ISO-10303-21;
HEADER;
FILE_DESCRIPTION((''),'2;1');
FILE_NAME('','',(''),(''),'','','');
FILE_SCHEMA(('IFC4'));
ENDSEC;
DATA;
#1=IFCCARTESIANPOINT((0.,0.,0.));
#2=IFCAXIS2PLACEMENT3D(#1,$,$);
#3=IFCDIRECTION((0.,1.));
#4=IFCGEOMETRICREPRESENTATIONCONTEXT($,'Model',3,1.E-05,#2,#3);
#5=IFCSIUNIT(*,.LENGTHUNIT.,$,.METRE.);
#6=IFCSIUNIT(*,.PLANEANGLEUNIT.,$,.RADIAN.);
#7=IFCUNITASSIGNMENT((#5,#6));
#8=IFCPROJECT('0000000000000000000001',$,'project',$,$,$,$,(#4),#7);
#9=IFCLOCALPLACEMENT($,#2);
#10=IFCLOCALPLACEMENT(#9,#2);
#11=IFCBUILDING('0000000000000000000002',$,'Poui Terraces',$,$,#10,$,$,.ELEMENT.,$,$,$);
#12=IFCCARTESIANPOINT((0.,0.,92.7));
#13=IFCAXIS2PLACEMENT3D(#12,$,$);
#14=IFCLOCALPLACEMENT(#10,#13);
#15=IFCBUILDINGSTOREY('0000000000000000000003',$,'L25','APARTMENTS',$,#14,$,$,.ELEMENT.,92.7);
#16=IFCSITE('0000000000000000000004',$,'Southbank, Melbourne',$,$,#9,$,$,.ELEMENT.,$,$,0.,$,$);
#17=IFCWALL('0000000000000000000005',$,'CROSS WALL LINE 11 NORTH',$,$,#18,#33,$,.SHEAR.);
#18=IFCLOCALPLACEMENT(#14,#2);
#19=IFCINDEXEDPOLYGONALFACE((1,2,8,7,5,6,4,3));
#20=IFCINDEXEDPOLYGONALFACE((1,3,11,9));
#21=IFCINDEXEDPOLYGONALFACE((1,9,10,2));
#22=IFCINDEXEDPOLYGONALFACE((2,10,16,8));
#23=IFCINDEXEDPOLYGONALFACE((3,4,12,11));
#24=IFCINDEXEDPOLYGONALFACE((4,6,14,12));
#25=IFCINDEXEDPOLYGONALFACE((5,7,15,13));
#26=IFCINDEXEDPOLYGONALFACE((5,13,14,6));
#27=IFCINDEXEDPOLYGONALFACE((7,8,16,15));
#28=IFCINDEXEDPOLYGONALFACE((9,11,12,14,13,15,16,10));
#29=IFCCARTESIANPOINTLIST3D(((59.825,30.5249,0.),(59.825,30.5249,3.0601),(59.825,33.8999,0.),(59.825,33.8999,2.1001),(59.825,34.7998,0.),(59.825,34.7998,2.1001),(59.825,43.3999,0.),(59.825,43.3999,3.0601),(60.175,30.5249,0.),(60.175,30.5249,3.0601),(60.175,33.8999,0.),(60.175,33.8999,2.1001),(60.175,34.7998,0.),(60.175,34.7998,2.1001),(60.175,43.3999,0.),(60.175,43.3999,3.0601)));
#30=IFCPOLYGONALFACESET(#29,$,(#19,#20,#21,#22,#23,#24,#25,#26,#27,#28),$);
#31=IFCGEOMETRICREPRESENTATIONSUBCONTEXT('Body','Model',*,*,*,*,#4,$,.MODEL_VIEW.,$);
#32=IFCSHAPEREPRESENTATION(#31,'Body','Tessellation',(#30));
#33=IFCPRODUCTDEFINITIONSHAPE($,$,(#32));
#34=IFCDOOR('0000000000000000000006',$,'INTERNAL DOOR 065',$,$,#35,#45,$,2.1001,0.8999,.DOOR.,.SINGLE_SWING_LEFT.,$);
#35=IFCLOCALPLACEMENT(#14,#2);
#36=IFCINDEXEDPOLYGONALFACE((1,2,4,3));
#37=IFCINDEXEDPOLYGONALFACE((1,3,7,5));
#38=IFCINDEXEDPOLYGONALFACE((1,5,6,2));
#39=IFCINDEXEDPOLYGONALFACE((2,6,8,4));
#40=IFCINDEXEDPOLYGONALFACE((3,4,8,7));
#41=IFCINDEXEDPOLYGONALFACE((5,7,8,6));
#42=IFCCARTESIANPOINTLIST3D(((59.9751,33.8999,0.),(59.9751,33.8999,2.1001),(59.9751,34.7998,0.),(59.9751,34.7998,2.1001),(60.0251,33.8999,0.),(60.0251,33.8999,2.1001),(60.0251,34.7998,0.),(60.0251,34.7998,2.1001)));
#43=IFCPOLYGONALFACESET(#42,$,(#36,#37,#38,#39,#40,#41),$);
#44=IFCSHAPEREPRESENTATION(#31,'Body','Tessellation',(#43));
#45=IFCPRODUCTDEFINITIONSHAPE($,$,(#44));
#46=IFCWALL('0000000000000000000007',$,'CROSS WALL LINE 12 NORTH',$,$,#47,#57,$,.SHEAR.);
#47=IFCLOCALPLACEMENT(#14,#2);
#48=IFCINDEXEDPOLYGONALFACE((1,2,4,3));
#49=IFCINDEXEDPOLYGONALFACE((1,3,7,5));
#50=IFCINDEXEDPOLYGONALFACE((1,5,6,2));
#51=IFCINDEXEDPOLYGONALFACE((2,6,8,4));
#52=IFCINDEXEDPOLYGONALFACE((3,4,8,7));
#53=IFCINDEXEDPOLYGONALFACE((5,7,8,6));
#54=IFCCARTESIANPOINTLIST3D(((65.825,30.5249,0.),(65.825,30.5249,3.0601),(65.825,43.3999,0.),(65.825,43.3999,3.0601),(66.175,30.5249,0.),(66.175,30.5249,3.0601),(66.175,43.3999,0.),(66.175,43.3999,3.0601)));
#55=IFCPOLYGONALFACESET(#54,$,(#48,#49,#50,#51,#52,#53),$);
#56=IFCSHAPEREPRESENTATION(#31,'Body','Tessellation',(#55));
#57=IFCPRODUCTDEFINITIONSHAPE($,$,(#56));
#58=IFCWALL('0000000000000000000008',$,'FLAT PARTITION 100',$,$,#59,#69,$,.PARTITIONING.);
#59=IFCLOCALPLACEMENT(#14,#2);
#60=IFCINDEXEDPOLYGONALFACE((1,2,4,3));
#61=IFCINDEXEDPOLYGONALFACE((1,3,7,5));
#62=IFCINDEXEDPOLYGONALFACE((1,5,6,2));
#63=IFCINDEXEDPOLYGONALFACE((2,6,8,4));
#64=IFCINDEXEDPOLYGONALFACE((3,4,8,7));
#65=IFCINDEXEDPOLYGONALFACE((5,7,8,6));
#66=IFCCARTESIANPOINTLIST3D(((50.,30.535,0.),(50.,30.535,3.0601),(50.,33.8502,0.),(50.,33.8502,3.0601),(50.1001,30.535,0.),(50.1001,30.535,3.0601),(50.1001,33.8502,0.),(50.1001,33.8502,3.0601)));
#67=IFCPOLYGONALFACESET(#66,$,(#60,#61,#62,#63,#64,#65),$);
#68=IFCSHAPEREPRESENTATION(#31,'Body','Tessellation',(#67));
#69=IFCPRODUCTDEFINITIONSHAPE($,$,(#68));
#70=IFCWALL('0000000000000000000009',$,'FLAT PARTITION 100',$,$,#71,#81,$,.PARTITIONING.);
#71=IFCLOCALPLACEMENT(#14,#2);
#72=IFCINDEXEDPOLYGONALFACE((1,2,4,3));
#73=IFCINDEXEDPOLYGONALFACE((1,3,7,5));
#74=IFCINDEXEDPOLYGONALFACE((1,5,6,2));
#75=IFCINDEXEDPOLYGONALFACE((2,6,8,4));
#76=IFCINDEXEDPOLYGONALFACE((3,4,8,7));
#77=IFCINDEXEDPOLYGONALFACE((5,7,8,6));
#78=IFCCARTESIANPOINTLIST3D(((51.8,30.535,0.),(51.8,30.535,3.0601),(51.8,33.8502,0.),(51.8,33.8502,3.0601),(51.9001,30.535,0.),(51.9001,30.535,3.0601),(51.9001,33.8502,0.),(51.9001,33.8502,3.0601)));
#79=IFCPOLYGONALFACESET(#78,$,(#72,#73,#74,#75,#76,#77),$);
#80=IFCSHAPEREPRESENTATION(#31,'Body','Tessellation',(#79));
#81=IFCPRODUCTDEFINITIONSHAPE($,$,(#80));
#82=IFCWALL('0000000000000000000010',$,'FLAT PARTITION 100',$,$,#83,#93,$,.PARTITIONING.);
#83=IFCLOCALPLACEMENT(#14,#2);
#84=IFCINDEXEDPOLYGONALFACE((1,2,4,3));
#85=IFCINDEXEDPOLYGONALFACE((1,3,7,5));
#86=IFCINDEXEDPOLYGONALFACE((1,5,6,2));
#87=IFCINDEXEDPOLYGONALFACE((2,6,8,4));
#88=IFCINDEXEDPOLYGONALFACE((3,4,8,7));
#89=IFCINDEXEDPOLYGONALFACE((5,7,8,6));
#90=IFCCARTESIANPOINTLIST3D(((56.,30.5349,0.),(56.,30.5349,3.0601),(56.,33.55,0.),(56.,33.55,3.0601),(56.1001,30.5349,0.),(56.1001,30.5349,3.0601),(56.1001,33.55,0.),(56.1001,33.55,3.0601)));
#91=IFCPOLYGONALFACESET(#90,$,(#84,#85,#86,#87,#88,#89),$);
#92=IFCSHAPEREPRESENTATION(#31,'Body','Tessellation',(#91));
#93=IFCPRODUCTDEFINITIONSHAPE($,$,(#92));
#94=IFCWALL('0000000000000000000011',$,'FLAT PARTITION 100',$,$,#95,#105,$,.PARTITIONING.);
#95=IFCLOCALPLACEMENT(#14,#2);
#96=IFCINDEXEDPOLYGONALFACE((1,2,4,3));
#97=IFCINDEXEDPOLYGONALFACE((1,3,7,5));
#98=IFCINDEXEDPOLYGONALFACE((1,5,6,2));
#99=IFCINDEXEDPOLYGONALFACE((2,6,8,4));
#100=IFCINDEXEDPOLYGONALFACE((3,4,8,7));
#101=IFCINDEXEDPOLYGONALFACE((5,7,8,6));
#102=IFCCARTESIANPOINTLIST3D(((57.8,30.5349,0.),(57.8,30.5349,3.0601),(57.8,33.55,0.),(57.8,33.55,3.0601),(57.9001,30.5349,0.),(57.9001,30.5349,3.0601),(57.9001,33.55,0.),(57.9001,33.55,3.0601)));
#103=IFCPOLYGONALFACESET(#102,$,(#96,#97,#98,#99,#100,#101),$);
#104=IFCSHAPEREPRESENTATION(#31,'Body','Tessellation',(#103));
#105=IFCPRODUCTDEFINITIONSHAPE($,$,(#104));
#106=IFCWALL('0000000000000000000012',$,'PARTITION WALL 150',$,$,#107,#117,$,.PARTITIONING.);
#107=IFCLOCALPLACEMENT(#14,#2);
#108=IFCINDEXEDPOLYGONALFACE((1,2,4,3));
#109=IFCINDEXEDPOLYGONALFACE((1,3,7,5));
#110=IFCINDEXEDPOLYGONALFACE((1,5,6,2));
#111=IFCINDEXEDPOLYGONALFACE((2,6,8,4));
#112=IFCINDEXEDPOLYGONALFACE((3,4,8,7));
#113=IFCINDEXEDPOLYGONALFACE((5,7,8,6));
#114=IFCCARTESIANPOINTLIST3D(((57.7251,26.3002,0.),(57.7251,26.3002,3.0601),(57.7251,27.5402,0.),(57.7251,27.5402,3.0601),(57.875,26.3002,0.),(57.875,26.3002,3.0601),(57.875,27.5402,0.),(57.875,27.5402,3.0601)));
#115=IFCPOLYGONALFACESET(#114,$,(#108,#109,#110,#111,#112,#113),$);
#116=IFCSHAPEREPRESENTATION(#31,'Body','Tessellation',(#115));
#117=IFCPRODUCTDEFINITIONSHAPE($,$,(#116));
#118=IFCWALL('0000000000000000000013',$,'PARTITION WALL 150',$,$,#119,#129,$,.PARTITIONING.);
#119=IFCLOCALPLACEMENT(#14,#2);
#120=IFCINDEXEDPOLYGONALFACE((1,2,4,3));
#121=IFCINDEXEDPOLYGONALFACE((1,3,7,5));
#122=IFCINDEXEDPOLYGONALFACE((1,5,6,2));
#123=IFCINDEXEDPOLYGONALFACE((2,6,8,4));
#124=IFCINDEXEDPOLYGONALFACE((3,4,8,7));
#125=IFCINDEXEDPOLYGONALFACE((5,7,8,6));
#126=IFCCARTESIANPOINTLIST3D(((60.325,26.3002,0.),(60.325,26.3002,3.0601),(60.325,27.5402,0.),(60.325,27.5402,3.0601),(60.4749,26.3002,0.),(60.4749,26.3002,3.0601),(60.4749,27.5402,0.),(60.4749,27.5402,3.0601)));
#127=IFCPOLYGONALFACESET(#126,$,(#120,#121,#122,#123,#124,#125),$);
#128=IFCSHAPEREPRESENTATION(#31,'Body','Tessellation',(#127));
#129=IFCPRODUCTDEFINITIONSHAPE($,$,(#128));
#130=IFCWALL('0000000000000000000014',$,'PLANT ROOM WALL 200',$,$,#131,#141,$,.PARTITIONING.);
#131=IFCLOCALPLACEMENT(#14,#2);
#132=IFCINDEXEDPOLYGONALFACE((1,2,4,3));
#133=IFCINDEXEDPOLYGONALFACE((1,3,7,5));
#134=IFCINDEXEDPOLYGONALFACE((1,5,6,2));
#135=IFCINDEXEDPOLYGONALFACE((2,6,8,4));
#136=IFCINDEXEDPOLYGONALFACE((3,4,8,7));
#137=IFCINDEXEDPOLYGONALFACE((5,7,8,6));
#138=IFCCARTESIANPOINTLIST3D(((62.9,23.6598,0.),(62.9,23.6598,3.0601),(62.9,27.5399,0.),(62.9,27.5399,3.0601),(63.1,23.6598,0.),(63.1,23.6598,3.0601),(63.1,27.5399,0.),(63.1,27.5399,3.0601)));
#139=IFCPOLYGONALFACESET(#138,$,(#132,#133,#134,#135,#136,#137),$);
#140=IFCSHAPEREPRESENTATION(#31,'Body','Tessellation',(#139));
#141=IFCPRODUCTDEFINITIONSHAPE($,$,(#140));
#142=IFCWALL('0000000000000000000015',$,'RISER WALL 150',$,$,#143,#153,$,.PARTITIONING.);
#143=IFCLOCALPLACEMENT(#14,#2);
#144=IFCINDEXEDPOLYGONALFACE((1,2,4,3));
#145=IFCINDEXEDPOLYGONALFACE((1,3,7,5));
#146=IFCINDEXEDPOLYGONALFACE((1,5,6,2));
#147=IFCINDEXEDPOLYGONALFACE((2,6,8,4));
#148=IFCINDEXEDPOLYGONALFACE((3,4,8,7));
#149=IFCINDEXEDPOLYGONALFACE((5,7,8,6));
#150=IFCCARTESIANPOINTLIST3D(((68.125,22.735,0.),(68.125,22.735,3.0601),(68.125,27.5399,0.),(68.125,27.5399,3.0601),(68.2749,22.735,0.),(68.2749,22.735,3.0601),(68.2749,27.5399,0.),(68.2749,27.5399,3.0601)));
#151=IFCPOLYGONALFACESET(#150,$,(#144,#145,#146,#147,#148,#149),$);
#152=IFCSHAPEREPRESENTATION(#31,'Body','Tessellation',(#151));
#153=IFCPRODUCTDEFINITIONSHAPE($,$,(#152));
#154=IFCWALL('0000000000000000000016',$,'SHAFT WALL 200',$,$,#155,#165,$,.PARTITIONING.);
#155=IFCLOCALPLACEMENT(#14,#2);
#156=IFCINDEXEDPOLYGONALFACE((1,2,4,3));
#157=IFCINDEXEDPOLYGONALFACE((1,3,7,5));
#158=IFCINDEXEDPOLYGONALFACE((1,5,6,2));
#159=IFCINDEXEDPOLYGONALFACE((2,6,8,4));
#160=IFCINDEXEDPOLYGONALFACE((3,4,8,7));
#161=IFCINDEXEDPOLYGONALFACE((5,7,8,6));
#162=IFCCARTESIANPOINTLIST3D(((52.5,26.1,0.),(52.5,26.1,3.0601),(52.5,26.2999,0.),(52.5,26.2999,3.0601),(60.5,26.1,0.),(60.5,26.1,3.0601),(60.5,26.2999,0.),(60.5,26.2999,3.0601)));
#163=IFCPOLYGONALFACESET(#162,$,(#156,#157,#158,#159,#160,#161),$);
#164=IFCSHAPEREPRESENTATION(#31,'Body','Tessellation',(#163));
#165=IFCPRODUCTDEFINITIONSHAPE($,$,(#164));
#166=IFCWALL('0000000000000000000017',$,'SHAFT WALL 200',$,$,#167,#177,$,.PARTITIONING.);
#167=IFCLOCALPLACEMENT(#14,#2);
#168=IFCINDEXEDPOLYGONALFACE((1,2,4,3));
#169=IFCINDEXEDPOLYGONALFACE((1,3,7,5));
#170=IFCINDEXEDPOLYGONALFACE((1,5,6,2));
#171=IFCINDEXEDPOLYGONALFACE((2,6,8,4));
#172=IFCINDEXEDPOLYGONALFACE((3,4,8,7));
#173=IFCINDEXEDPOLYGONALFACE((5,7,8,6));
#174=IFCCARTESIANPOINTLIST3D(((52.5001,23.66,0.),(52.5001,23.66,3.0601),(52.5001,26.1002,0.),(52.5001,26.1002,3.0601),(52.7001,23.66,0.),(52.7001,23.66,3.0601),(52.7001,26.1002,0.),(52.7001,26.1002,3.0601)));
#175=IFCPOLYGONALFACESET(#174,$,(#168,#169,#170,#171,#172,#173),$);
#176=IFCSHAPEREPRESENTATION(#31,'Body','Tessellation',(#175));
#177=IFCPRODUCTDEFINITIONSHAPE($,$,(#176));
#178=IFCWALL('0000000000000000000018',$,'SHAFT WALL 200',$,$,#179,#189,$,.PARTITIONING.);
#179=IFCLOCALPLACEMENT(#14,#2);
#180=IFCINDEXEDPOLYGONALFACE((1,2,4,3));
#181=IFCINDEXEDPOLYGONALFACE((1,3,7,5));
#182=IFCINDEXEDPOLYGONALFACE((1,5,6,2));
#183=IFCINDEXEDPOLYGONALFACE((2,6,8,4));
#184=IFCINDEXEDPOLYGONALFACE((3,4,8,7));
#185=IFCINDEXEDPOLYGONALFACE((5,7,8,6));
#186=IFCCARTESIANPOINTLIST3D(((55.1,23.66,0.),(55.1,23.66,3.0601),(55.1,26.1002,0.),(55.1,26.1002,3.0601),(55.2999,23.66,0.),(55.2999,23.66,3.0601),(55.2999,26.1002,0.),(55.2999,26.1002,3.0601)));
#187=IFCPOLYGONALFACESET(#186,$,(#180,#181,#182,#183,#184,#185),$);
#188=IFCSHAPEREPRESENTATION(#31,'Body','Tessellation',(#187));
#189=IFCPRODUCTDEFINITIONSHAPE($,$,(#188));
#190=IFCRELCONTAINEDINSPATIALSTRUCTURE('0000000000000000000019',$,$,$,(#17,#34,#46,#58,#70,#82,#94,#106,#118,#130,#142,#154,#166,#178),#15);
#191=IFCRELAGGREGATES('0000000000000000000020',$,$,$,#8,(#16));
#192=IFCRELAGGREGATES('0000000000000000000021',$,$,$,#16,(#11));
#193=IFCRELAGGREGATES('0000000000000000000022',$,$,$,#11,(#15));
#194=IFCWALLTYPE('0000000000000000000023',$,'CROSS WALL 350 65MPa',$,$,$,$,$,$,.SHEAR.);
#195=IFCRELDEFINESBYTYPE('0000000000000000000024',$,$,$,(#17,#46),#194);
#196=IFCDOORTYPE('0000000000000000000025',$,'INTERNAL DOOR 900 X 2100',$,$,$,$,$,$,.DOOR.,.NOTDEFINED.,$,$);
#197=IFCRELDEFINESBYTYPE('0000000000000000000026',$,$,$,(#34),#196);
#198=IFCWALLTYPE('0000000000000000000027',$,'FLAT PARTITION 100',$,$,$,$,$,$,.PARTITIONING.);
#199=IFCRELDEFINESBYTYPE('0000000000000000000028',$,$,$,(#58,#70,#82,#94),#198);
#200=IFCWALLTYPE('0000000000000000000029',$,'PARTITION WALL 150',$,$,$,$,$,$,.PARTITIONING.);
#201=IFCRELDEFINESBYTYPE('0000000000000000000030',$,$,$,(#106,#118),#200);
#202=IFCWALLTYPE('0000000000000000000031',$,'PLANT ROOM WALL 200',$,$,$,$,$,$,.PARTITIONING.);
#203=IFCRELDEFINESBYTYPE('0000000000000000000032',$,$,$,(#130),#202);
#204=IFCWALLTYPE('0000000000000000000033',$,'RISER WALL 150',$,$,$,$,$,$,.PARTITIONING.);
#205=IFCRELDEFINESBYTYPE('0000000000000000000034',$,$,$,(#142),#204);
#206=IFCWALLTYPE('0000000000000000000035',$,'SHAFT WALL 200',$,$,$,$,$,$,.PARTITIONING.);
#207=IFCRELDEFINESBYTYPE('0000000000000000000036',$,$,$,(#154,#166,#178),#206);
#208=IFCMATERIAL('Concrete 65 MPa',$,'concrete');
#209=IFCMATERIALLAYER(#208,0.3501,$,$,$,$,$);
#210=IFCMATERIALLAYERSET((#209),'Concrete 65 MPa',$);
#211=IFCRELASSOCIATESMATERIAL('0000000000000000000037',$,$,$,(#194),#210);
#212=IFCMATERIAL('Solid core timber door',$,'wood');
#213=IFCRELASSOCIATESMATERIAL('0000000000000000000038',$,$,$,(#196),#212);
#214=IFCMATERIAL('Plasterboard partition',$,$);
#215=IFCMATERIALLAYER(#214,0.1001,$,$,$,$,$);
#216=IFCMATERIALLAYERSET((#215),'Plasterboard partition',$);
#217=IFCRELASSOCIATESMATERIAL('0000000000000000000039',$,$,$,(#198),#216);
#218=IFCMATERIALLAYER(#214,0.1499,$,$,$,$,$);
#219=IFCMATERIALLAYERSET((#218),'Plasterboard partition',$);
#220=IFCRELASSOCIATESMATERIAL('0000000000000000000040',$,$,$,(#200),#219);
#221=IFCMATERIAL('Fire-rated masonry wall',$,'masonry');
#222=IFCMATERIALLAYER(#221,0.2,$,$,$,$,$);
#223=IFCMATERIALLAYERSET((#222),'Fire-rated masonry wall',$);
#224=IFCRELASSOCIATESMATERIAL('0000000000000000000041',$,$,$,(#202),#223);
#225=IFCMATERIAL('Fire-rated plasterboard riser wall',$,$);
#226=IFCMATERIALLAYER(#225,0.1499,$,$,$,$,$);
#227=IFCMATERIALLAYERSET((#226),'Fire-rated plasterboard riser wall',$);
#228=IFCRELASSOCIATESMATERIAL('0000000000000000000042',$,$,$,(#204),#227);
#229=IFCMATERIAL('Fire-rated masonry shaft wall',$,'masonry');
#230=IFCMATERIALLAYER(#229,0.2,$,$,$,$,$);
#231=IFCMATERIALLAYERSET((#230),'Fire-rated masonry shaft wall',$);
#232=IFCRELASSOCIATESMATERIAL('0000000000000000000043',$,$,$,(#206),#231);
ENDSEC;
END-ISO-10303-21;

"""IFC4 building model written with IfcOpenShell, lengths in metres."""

from ifc_helpers import new_model, si_unit, direction, frame, frame_2d, origin, place, context, subcontext, project, spatial, rectangle, extrude, material, layer, layer_set, type_object, element, fill, save


model = new_model("IFC4")

# Units and contexts
model_context = context("Model", 3, precision=1e-05, world=origin(), true_north=direction((0.0, 1.0)))
body_context = subcontext(model_context, "Body", "Model", "MODEL_VIEW")
ifc_project = project(units=[si_unit("LENGTHUNIT", "METRE"), si_unit("PLANEANGLEUNIT", "RADIAN")], contexts=[model_context])

# Site, building, storey
site_placement = place(None, origin())
site = spatial("IfcSite", under=ifc_project, at=site_placement, Name="Southbank, Melbourne", CompositionType="ELEMENT", RefElevation=0.0)
building_placement = place(site_placement, origin())
building = spatial("IfcBuilding", under=site, at=building_placement, Name="Poui Terraces", CompositionType="ELEMENT")
storey_placement = place(building_placement, frame((0.0, 0.0, 92.7)))
storey = spatial("IfcBuildingStorey", under=building, at=storey_placement, Name="L25", Description="APARTMENTS", CompositionType="ELEMENT", Elevation=92.7)

# Shared definitions
ifc_material_1 = material(Name="Concrete 65 MPa", Category="concrete")

# Shared definitions
ifc_layer_1 = layer(ifc_material_1, 0.3501)
ifc_layer_set_1 = layer_set([ifc_layer_1], Name="Concrete 65 MPa")
wall_type_1 = type_object("IfcWallType", Name="CROSS WALL 350 65MPa", PredefinedType="SHEAR", material=ifc_layer_set_1)

# Wall, opening, door
wall_1_placement = place(storey_placement, frame((60.0, 30.5249, 0.0), z_axis=(0.0, 0.0, 1.0), x_axis=(0.0, 1.0, 0.0)))
wall_1 = element("IfcWall", 1, at=wall_1_placement, inside=storey, type_object=wall_type_1, Name="CROSS WALL LINE 11 NORTH", PredefinedType="SHEAR", context=body_context, shape_type="SweptSolid", body=[
    extrude(rectangle(XDim=12.875, YDim=0.3501, at=frame_2d((6.4375, 0.0))), origin(), (0.0, 0.0, 1.0), 3.0601),
])
opening_1_placement = place(wall_1_placement, frame((3.375, 0.0, 0.0)))
opening_1 = element("IfcOpeningElement", 2, at=opening_1_placement, cuts=wall_1, PredefinedType="OPENING", context=body_context, shape_type="SweptSolid", body=[
    extrude(rectangle(XDim=0.8999, YDim=2.1001, at=frame_2d((0.45, 1.05))), frame((0.0, 0.1851, 0.0), z_axis=(0.0, -1.0, 0.0), x_axis=(1.0, 0.0, 0.0)), (0.0, 0.0, 1.0), 0.3701),
])
ifc_material_2 = material(Name="Solid core timber door", Category="wood")
door_type_1 = type_object("IfcDoorType", Name="INTERNAL DOOR 900 X 2100", OperationType="NOTDEFINED", PredefinedType="DOOR", material=ifc_material_2)
door_1_placement = place(opening_1_placement, origin())
door_1 = element("IfcDoor", 3, at=door_1_placement, inside=storey, type_object=door_type_1, Name="INTERNAL DOOR 065", OperationType="SINGLE_SWING_LEFT", OverallHeight=2.1001, OverallWidth=0.8999, PredefinedType="DOOR", context=body_context, shape_type="SweptSolid", body=[
    extrude(rectangle(XDim=0.8999, YDim=2.1001, at=frame_2d((0.45, 1.05))), frame((0.0, 0.0249, 0.0), z_axis=(0.0, -1.0, 0.0), x_axis=(1.0, 0.0, 0.0)), (0.0, 0.0, 1.0), 0.05),
])
fill(opening_1, door_1)

# Walls
wall_2_placement = place(storey_placement, frame((66.0, 30.5249, 0.0), z_axis=(0.0, 0.0, 1.0), x_axis=(0.0, 1.0, 0.0)))
element("IfcWall", 4, at=wall_2_placement, inside=storey, type_object=wall_type_1, Name="CROSS WALL LINE 12 NORTH", PredefinedType="SHEAR", context=body_context, shape_type="SweptSolid", body=[
    extrude(rectangle(XDim=12.875, YDim=0.3501, at=frame_2d((6.4375, 0.0))), origin(), (0.0, 0.0, 1.0), 3.0601),
])
ifc_material_3 = material(Name="Plasterboard partition")
ifc_layer_2 = layer(ifc_material_3, 0.1001)
ifc_layer_set_2 = layer_set([ifc_layer_2], Name="Plasterboard partition")
wall_type_2 = type_object("IfcWallType", Name="FLAT PARTITION 100", PredefinedType="PARTITIONING", material=ifc_layer_set_2)
for number, where, z_axis, x_axis, name in (
    (5, (50.05, 30.5349, 0.0), (0.0, 0.0, 1.0), (0.0, 1.0, 0.0), "FLAT PARTITION 100"),
    (6, (51.8501, 30.5349, 0.0), (0.0, 0.0, 1.0), (0.0, 1.0, 0.0), "FLAT PARTITION 100"),
):
    element("IfcWall", number, at=place(storey_placement, frame(where, z_axis=z_axis, x_axis=x_axis)), inside=storey, type_object=wall_type_2, Name=name, PredefinedType="PARTITIONING", context=body_context, shape_type="SweptSolid", body=[
        extrude(rectangle(XDim=3.3152, YDim=0.1001, at=frame_2d((1.6577, 0.0))), origin(), (0.0, 0.0, 1.0), 3.0601),
    ])
for number, where, z_axis, x_axis, name in (
    (7, (56.05, 30.5349, 0.0), (0.0, 0.0, 1.0), (0.0, 1.0, 0.0), "FLAT PARTITION 100"),
    (8, (57.8501, 30.5349, 0.0), (0.0, 0.0, 1.0), (0.0, 1.0, 0.0), "FLAT PARTITION 100"),
):
    element("IfcWall", number, at=place(storey_placement, frame(where, z_axis=z_axis, x_axis=x_axis)), inside=storey, type_object=wall_type_2, Name=name, PredefinedType="PARTITIONING", context=body_context, shape_type="SweptSolid", body=[
        extrude(rectangle(XDim=3.0151, YDim=0.1001, at=frame_2d((1.5076, 0.0))), origin(), (0.0, 0.0, 1.0), 3.0601),
    ])
ifc_layer_3 = layer(ifc_material_3, 0.1499)
ifc_layer_set_3 = layer_set([ifc_layer_3], Name="Plasterboard partition")
wall_type_3 = type_object("IfcWallType", Name="PARTITION WALL 150", PredefinedType="PARTITIONING", material=ifc_layer_set_3)
for number, where, z_axis, x_axis, name in (
    (9, (57.8, 26.3, 0.0), (0.0, 0.0, 1.0), (0.0, 1.0, 0.0), "PARTITION WALL 150"),
    (10, (60.3999, 26.3, 0.0), (0.0, 0.0, 1.0), (0.0, 1.0, 0.0), "PARTITION WALL 150"),
):
    element("IfcWall", number, at=place(storey_placement, frame(where, z_axis=z_axis, x_axis=x_axis)), inside=storey, type_object=wall_type_3, Name=name, PredefinedType="PARTITIONING", context=body_context, shape_type="SweptSolid", body=[
        extrude(rectangle(XDim=1.24, YDim=0.1499, at=frame_2d((0.6201, 0.0))), origin(), (0.0, 0.0, 1.0), 3.0601),
    ])
ifc_material_4 = material(Name="Fire-rated masonry wall", Category="masonry")
ifc_layer_4 = layer(ifc_material_4, 0.2)
ifc_layer_set_4 = layer_set([ifc_layer_4], Name="Fire-rated masonry wall")
wall_type_4 = type_object("IfcWallType", Name="PLANT ROOM WALL 200", PredefinedType="PARTITIONING", material=ifc_layer_set_4)
wall_3_placement = place(storey_placement, frame((63.0, 23.6599, 0.0), z_axis=(0.0, 0.0, 1.0), x_axis=(0.0, 1.0, 0.0)))
element("IfcWall", 11, at=wall_3_placement, inside=storey, type_object=wall_type_4, Name="PLANT ROOM WALL 200", PredefinedType="PARTITIONING", context=body_context, shape_type="SweptSolid", body=[
    extrude(rectangle(XDim=3.8801, YDim=0.2, at=frame_2d((1.9399, 0.0))), origin(), (0.0, 0.0, 1.0), 3.0601),
])
ifc_material_5 = material(Name="Fire-rated plasterboard riser wall")
ifc_layer_5 = layer(ifc_material_5, 0.1499)
ifc_layer_set_5 = layer_set([ifc_layer_5], Name="Fire-rated plasterboard riser wall")
wall_type_5 = type_object("IfcWallType", Name="RISER WALL 150", PredefinedType="PARTITIONING", material=ifc_layer_set_5)
wall_4_placement = place(storey_placement, frame((68.2, 22.7351, 0.0), z_axis=(0.0, 0.0, 1.0), x_axis=(0.0, 1.0, 0.0)))
element("IfcWall", 12, at=wall_4_placement, inside=storey, type_object=wall_type_5, Name="RISER WALL 150", PredefinedType="PARTITIONING", context=body_context, shape_type="SweptSolid", body=[
    extrude(rectangle(XDim=4.8049, YDim=0.1499, at=frame_2d((2.4023, 0.0))), origin(), (0.0, 0.0, 1.0), 3.0601),
])
ifc_material_6 = material(Name="Fire-rated masonry shaft wall", Category="masonry")
ifc_layer_6 = layer(ifc_material_6, 0.2)
ifc_layer_set_6 = layer_set([ifc_layer_6], Name="Fire-rated masonry shaft wall")
wall_type_6 = type_object("IfcWallType", Name="SHAFT WALL 200", PredefinedType="PARTITIONING", material=ifc_layer_set_6)
wall_5_placement = place(storey_placement, frame((52.5, 26.2, 0.0), z_axis=(0.0, 0.0, 1.0), x_axis=(1.0, 0.0, 0.0)))
element("IfcWall", 13, at=wall_5_placement, inside=storey, type_object=wall_type_6, Name="SHAFT WALL 200", PredefinedType="PARTITIONING", context=body_context, shape_type="SweptSolid", body=[
    extrude(rectangle(XDim=8.0, YDim=0.2, at=frame_2d((4.0, 0.0))), origin(), (0.0, 0.0, 1.0), 3.0601),
])
for number, where, z_axis, x_axis, name in (
    (14, (52.6001, 23.6599, 0.0), (0.0, 0.0, 1.0), (0.0, 1.0, 0.0), "SHAFT WALL 200"),
    (15, (55.2, 23.6599, 0.0), (0.0, 0.0, 1.0), (0.0, 1.0, 0.0), "SHAFT WALL 200"),
):
    element("IfcWall", number, at=place(storey_placement, frame(where, z_axis=z_axis, x_axis=x_axis)), inside=storey, type_object=wall_type_6, Name=name, PredefinedType="PARTITIONING", context=body_context, shape_type="SweptSolid", body=[
        extrude(rectangle(XDim=2.4402, YDim=0.2, at=frame_2d((1.2202, 0.0))), origin(), (0.0, 0.0, 1.0), 3.0601),
    ])

save(model, "model.ifc")
